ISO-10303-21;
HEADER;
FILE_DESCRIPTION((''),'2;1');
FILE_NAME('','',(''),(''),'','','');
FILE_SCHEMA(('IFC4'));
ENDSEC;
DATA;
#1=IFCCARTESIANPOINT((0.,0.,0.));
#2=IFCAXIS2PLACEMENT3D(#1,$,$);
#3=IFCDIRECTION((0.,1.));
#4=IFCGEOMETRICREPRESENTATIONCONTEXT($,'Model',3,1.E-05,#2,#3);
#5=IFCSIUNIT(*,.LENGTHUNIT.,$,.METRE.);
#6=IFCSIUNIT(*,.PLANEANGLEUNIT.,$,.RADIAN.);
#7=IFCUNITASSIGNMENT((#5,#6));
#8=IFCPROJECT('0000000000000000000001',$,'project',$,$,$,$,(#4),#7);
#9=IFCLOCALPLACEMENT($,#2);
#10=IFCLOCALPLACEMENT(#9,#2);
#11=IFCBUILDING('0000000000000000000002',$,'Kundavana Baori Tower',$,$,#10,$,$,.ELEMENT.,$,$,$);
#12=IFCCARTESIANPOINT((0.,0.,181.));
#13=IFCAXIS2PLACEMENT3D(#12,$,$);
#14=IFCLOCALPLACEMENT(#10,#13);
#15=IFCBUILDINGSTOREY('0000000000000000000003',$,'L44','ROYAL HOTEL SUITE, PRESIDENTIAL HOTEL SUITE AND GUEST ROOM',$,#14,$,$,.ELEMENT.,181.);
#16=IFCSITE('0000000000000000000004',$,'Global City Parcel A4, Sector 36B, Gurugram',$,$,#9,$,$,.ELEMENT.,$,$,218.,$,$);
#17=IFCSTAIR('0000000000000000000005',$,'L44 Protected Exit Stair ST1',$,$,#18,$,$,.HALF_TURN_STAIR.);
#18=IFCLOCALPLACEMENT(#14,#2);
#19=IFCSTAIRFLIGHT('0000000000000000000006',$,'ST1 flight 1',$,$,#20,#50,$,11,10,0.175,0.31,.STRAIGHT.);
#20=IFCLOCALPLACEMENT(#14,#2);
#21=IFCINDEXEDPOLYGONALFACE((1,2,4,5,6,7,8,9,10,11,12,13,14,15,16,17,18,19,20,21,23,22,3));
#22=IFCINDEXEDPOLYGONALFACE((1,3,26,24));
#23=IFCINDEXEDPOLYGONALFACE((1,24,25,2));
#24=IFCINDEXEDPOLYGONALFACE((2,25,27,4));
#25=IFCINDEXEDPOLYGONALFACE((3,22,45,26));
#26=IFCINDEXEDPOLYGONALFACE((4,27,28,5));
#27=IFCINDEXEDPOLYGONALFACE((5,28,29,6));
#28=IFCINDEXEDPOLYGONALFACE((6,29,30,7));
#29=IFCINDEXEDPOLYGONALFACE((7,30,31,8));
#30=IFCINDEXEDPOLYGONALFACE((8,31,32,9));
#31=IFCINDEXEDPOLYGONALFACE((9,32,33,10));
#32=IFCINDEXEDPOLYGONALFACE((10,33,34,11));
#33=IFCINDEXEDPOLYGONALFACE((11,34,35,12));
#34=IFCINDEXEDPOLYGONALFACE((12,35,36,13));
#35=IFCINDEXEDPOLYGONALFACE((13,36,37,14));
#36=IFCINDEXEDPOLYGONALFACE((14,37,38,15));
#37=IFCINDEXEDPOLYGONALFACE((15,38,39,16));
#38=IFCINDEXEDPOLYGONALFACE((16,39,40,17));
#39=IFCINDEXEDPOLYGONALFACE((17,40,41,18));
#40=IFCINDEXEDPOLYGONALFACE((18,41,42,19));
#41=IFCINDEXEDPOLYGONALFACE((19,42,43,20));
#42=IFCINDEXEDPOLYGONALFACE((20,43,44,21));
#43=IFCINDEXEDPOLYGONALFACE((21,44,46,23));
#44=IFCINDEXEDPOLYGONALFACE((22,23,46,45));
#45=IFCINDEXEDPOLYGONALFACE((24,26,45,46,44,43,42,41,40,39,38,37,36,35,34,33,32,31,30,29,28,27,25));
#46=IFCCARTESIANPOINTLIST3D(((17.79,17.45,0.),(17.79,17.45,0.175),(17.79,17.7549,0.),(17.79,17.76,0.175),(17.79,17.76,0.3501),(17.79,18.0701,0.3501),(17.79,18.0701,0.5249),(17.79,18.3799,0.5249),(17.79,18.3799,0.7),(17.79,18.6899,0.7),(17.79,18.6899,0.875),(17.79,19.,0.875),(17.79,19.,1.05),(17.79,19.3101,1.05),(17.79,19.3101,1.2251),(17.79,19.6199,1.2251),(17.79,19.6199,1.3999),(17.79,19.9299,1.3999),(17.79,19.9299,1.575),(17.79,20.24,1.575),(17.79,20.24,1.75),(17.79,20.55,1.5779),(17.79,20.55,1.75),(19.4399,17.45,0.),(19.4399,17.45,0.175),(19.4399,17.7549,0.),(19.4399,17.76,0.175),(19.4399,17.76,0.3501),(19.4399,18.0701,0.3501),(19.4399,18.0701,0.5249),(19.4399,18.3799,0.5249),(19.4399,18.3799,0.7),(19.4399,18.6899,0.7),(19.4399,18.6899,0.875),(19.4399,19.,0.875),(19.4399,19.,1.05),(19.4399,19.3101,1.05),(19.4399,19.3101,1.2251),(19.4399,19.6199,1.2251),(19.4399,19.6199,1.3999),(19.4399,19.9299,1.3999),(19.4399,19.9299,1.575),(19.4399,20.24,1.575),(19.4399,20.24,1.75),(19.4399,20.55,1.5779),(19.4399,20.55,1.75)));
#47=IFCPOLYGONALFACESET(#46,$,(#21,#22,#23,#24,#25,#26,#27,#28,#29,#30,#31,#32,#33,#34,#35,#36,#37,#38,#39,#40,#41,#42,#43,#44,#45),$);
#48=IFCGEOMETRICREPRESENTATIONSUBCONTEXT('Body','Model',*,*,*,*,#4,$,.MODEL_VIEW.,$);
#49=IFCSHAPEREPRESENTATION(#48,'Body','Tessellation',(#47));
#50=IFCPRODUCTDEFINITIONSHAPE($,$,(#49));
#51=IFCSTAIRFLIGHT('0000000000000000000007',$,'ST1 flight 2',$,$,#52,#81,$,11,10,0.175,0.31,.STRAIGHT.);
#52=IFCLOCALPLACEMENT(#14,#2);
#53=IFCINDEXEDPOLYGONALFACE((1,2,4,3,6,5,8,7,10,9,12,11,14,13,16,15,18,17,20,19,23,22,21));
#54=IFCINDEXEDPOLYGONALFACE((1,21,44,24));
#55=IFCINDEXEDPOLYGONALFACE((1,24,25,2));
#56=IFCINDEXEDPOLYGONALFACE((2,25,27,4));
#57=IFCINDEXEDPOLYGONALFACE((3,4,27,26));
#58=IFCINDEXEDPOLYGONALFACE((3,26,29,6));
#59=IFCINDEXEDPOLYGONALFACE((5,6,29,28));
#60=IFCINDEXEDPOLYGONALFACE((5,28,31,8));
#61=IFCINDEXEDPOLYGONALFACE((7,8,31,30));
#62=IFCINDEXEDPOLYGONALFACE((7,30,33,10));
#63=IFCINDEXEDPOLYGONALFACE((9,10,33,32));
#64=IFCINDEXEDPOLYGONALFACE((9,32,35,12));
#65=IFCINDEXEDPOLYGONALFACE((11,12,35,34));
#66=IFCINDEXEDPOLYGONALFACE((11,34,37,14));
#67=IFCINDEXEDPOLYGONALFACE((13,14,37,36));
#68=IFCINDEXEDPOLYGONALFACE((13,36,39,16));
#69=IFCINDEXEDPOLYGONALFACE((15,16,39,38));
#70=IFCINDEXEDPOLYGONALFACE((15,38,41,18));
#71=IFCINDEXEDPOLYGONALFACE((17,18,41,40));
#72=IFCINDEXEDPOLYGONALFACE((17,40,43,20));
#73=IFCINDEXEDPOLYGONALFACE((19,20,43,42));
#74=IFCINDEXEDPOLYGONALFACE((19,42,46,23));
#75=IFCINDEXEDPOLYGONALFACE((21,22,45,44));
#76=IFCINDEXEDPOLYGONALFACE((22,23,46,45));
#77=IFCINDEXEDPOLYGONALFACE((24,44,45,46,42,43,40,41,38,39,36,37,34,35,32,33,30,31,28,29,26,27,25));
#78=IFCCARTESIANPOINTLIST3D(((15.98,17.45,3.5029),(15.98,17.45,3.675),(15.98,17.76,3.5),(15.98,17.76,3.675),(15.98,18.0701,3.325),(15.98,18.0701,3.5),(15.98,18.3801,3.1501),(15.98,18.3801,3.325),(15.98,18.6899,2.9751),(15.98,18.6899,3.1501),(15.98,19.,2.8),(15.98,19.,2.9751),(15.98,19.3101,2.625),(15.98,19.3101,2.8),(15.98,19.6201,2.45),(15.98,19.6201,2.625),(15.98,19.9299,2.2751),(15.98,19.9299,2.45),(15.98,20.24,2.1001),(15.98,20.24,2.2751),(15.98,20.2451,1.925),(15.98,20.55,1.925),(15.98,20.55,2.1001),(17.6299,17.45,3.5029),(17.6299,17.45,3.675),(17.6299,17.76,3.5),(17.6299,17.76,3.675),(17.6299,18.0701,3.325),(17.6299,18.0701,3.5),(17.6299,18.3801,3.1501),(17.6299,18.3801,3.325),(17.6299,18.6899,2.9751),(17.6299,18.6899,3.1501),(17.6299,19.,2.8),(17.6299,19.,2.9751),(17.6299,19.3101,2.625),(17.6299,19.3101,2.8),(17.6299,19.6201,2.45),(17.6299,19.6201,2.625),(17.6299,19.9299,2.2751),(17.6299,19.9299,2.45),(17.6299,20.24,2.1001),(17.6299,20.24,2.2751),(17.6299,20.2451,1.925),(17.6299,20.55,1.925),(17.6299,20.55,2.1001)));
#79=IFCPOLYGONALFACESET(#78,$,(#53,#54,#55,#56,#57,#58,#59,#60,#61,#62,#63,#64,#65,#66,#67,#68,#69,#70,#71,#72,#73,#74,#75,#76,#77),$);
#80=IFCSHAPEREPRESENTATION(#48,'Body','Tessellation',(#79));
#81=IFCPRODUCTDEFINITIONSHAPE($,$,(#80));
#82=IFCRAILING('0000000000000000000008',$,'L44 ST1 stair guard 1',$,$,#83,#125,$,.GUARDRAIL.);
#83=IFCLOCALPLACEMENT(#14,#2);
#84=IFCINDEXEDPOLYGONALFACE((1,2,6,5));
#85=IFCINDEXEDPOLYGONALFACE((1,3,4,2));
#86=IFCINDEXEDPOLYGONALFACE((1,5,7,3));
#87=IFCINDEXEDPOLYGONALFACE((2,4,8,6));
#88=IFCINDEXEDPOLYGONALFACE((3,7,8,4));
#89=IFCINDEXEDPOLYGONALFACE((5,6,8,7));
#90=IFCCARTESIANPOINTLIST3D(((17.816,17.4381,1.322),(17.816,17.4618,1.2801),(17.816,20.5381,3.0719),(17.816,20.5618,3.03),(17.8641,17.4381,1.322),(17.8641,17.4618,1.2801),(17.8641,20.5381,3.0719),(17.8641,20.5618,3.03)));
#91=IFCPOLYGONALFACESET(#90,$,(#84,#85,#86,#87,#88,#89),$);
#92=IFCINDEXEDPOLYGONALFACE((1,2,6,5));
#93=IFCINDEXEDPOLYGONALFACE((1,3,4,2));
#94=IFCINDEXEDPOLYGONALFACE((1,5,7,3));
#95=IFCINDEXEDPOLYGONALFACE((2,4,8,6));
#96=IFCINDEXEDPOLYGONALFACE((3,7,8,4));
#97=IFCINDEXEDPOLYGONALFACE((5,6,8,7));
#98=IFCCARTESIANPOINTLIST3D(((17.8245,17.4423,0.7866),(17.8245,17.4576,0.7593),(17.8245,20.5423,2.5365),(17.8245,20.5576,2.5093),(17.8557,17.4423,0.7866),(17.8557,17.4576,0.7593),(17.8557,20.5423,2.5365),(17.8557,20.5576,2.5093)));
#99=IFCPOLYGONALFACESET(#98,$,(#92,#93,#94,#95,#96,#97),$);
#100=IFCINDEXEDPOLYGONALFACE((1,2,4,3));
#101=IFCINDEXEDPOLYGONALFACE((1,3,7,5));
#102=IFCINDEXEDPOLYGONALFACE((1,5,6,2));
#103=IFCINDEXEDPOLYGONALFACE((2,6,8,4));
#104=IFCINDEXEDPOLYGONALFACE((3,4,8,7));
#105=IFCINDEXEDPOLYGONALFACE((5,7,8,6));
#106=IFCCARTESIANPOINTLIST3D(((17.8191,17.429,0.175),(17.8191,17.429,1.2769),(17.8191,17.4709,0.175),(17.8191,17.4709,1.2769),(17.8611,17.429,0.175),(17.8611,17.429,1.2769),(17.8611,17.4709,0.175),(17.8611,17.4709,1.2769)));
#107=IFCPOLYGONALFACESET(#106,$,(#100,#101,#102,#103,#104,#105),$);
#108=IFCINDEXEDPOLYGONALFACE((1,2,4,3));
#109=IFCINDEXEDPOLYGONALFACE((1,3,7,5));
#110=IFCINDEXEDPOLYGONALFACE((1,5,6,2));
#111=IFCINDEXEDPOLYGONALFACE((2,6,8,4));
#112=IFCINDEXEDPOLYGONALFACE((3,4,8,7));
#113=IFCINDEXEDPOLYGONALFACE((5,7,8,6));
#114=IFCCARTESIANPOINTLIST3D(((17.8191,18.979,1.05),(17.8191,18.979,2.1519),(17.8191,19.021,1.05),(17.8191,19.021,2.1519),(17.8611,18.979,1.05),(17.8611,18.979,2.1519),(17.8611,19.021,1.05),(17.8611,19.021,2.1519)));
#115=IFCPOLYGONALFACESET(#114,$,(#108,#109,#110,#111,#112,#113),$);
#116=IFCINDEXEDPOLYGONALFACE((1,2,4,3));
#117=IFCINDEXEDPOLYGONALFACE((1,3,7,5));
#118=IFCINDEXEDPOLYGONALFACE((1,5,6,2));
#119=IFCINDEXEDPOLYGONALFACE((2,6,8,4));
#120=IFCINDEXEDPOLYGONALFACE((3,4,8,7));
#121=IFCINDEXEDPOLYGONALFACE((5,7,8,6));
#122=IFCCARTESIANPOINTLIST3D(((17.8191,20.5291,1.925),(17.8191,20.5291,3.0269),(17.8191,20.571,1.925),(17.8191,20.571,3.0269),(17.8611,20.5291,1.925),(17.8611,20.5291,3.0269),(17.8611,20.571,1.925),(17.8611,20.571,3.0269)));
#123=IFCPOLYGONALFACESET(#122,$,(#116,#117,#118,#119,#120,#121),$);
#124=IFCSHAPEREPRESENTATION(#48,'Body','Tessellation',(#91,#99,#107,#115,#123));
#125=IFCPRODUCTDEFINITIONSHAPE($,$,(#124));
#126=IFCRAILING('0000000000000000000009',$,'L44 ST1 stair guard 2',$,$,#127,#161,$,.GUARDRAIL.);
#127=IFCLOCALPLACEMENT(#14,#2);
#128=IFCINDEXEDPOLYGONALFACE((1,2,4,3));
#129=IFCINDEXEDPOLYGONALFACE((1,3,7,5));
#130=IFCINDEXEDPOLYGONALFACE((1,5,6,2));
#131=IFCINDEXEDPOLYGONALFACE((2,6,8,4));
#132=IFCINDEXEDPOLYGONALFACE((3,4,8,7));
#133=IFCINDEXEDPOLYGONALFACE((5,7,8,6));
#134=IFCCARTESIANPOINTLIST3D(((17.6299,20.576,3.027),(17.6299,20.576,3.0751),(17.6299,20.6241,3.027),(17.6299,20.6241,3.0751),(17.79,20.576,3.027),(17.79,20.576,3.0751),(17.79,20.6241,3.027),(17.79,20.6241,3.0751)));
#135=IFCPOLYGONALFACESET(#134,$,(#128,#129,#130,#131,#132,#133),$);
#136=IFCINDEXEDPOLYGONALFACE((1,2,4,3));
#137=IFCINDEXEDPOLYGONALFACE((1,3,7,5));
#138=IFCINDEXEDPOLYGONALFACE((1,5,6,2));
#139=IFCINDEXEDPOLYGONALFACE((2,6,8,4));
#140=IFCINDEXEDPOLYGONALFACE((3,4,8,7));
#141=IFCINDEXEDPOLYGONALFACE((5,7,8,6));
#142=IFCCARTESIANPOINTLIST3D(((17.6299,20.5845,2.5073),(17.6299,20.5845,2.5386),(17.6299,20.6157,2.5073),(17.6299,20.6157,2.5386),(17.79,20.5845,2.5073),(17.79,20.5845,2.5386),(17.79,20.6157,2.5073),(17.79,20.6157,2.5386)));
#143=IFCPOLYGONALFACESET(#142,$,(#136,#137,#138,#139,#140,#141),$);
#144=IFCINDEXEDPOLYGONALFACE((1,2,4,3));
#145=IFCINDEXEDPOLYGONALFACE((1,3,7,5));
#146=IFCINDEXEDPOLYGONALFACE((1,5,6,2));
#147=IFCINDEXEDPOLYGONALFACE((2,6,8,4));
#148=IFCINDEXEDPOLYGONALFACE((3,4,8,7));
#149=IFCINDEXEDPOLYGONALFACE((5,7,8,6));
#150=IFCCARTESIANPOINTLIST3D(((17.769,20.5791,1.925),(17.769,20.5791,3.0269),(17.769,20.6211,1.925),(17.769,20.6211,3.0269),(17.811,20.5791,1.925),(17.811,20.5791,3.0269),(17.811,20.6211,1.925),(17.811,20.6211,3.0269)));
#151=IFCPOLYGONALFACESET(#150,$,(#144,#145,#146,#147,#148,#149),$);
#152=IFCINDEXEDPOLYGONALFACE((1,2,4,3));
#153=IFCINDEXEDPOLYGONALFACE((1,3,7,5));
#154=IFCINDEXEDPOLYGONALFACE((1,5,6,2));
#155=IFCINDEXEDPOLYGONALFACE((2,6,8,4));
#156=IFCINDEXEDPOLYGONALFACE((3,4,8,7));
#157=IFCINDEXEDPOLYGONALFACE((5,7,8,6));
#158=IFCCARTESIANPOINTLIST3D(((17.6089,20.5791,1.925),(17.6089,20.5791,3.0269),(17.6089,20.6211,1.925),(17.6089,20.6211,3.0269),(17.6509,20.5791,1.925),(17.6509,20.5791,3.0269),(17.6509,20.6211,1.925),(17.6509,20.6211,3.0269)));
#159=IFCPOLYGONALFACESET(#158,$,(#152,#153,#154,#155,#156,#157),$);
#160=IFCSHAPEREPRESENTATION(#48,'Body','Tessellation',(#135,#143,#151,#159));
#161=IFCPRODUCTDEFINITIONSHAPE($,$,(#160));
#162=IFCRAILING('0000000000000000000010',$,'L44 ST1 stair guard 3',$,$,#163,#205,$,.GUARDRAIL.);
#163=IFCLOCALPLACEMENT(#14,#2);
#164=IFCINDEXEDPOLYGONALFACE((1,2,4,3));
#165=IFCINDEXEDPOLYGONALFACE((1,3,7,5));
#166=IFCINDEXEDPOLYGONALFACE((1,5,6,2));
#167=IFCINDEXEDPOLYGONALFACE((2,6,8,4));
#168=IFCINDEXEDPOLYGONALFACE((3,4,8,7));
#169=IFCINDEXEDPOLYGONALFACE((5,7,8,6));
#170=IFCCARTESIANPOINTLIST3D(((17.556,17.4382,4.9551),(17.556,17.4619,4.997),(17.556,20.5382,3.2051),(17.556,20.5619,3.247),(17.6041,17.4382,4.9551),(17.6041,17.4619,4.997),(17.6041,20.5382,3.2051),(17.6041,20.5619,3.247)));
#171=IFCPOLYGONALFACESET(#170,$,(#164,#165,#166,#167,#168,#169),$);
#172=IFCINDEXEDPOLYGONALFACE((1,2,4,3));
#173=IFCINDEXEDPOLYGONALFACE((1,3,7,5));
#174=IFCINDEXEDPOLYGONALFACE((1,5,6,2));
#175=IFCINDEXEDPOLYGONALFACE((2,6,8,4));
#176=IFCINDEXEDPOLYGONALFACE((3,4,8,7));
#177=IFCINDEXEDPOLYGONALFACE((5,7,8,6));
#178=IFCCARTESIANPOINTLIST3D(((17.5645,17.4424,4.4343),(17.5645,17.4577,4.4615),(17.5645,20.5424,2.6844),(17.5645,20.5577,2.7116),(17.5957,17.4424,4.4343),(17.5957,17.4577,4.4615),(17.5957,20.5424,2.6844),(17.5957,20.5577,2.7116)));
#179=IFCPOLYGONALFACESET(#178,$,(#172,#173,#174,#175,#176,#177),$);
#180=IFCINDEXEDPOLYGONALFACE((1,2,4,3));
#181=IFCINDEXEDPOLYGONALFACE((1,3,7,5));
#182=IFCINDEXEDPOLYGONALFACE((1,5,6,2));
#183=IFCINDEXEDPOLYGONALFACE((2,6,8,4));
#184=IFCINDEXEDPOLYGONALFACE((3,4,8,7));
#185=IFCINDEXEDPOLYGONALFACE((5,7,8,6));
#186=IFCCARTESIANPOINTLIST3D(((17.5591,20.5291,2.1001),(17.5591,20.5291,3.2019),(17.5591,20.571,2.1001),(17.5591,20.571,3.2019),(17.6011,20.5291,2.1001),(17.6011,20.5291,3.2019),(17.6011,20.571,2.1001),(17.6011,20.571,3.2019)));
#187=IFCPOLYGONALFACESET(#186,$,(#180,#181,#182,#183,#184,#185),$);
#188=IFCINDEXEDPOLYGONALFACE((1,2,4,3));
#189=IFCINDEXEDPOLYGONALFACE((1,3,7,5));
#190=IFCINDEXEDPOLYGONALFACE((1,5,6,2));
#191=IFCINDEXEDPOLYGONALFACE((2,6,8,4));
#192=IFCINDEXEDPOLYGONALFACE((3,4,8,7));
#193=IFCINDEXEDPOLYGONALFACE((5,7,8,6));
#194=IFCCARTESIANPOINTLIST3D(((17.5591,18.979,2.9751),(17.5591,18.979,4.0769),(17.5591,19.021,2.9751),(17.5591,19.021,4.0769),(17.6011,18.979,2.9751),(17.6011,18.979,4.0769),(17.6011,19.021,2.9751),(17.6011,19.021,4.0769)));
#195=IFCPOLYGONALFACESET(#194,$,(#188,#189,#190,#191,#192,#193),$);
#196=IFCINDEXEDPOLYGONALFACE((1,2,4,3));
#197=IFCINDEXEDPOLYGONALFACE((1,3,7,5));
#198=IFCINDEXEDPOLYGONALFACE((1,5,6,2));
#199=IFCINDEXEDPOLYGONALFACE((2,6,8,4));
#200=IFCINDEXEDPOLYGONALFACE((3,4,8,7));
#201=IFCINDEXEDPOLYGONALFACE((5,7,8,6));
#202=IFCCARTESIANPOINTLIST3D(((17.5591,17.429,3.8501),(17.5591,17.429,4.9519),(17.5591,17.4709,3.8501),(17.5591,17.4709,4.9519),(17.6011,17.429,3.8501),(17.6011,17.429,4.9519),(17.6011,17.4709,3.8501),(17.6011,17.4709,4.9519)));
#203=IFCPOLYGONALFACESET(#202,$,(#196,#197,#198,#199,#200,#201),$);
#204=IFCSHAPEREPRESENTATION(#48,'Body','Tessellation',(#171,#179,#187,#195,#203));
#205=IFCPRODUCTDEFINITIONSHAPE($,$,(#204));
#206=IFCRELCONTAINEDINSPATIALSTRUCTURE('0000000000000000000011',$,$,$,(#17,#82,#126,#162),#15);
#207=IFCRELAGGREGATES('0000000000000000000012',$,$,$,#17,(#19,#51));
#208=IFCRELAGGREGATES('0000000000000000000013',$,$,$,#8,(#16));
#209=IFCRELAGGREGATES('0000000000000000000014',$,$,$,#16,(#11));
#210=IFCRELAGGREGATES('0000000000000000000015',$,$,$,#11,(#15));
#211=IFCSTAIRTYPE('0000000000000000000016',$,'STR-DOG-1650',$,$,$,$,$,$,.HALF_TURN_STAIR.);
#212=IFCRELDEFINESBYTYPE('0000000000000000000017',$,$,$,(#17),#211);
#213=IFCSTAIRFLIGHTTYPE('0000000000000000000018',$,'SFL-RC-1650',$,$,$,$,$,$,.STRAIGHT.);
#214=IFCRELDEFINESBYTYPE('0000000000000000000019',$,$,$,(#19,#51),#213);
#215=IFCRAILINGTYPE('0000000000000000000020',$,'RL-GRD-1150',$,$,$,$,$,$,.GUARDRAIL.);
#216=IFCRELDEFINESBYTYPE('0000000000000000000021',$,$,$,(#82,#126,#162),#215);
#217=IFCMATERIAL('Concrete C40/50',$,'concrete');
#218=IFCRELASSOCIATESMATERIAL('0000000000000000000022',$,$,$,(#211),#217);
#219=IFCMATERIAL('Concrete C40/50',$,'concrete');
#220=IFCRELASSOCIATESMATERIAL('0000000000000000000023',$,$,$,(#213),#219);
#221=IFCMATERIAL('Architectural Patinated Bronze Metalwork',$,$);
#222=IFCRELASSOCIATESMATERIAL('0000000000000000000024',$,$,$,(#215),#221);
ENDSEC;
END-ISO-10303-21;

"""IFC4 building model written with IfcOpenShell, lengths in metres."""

from ifc_helpers import new_model, si_unit, direction, frame, origin, origin_2d, place, context, subcontext, project, spatial, polyline, rectangle, outline, extrude, material, type_object, element, aggregate, save


model = new_model("IFC4")

# Units and contexts
model_context = context("Model", 3, precision=1e-05, world=origin(), true_north=direction((0.0, 1.0)))
body_context = subcontext(model_context, "Body", "Model", "MODEL_VIEW")
ifc_project = project(units=[si_unit("LENGTHUNIT", "METRE"), si_unit("PLANEANGLEUNIT", "RADIAN")], contexts=[model_context])

# Site, building, storey
site_placement = place(None, origin())
site = spatial("IfcSite", under=ifc_project, at=site_placement, Name="Global City Parcel A4, Sector 36B, Gurugram", CompositionType="ELEMENT", RefElevation=218.0)
building_placement = place(site_placement, origin())
building = spatial("IfcBuilding", under=site, at=building_placement, Name="Kundavana Baori Tower", CompositionType="ELEMENT")
storey_placement = place(building_placement, frame((0.0, 0.0, 181.0)))
storey = spatial("IfcBuildingStorey", under=building, at=storey_placement, Name="L44", Description="ROYAL HOTEL SUITE, PRESIDENTIAL HOTEL SUITE AND GUEST ROOM", CompositionType="ELEMENT", Elevation=181.0)

# Stair, stair flights
ifc_material_1 = material(Name="Concrete C40/50", Category="concrete")
stair_type = type_object("IfcStairType", Name="STR-DOG-1650", PredefinedType="HALF_TURN_STAIR", material=ifc_material_1)
stair_placement = place(storey_placement, origin())
stair = element("IfcStair", 1, at=stair_placement, inside=storey, type_object=stair_type, Name="L44 Protected Exit Stair ST1", PredefinedType="HALF_TURN_STAIR")
ifc_material_2 = material(Name="Concrete C40/50", Category="concrete")
stair_flight_type = type_object("IfcStairFlightType", Name="SFL-RC-1650", PredefinedType="STRAIGHT", material=ifc_material_2)
stair_flight_1_placement = place(storey_placement, frame((18.615, 17.45, 0.0), z_axis=(0.0, 0.0, 1.0), x_axis=(0.0, 1.0, 0.0)))
stair_flight_1 = element("IfcStairFlight", 2, at=stair_flight_1_placement, type_object=stair_flight_type, Name="ST1 flight 1", NumberOfRisers=11, NumberOfTreads=10, PredefinedType="STRAIGHT", RiserHeight=0.175, TreadLength=0.31, context=body_context, shape_type="SweptSolid", body=[
    extrude(outline(polyline([(0.0, 0.0), (0.0, 0.175), (0.3101, 0.175), (0.3101, 0.3501), (0.6201, 0.3501), (0.6201, 0.5249), (0.9299, 0.5249), (0.9299, 0.7), (1.24, 0.7), (1.24, 0.875), (1.55, 0.875), (1.55, 1.05), (1.8601, 1.05), (1.8601, 1.2251), (2.1699, 1.2251), (2.1699, 1.3999), (2.48, 1.3999), (2.48, 1.575), (2.79, 1.575), (2.79, 1.75), (3.1001, 1.75), (3.1001, 1.925), (3.1001, 1.5779), (0.3049, 0.0), (0.0, 0.0)])), frame((0.0, 0.825, 0.0), z_axis=(0.0, -1.0, 0.0), x_axis=(1.0, 0.0, 0.0)), (0.0, 0.0, 1.0), 1.6499),
])
stair_flight_2_placement = place(storey_placement, frame((16.8049, 20.55, 1.925), z_axis=(0.0, 0.0, 1.0), x_axis=(0.0, -1.0, 0.0)))
stair_flight_2 = element("IfcStairFlight", 3, at=stair_flight_2_placement, type_object=stair_flight_type, Name="ST1 flight 2", NumberOfRisers=11, NumberOfTreads=10, PredefinedType="STRAIGHT", RiserHeight=0.175, TreadLength=0.31, context=body_context, shape_type="SweptSolid", body=[
    extrude(outline(polyline([(0.0, 0.0), (0.0, 0.175), (0.3101, 0.175), (0.3101, 0.3501), (0.6201, 0.3501), (0.6201, 0.5249), (0.9299, 0.5249), (0.9299, 0.7), (1.24, 0.7), (1.24, 0.875), (1.55, 0.875), (1.55, 1.05), (1.8601, 1.05), (1.8601, 1.2251), (2.1699, 1.2251), (2.1699, 1.3999), (2.48, 1.3999), (2.48, 1.575), (2.79, 1.575), (2.79, 1.75), (3.1001, 1.75), (3.1001, 1.925), (3.1001, 1.5779), (0.3049, 0.0), (0.0, 0.0)])), frame((0.0, 0.825, 0.0), z_axis=(0.0, -1.0, 0.0), x_axis=(1.0, 0.0, 0.0)), (0.0, 0.0, 1.0), 1.6499),
])
aggregate(stair, [stair_flight_1, stair_flight_2])

# Railings
ifc_material_3 = material(Name="Architectural Patinated Bronze Metalwork")
railing_type_1 = type_object("IfcRailingType", Name="RL-GRD-1150", PredefinedType="GUARDRAIL", material=ifc_material_3)
railing_1_placement = place(storey_placement, frame((17.8401, 17.45, 0.175)))
element("IfcRailing", 4, at=railing_1_placement, inside=storey, type_object=railing_type_1, Name="L44 ST1 stair guard 1", PredefinedType="GUARDRAIL", context=body_context, shape_type="SweptSolid", body=[
    extrude(rectangle(XDim=0.0481, YDim=0.0481, at=origin_2d()), frame((0.0, 0.0, 1.126), z_axis=(0.0, 0.870831, 0.491583), x_axis=(-1.0, 0.0, 0.0)), (0.0, 0.0, 1.0), 3.5598),
    extrude(rectangle(XDim=0.0312, YDim=0.0312, at=origin_2d()), frame((0.0, 0.0, 0.5979), z_axis=(0.0, 0.870831, 0.491583), x_axis=(-1.0, 0.0, 0.0)), (0.0, 0.0, 1.0), 3.5598),
    extrude(rectangle(XDim=0.042, YDim=0.042, at=origin_2d()), origin(), (0.0, 0.0, 1.0), 1.1018),
    extrude(rectangle(XDim=0.042, YDim=0.042, at=origin_2d()), frame((0.0, 1.55, 0.875)), (0.0, 0.0, 1.0), 1.1018),
    extrude(rectangle(XDim=0.042, YDim=0.042, at=origin_2d()), frame((0.0, 3.1001, 1.75)), (0.0, 0.0, 1.0), 1.1018),
])
railing_2_placement = place(storey_placement, frame((17.79, 20.6001, 1.925)))
element("IfcRailing", 5, at=railing_2_placement, inside=storey, type_object=railing_type_1, Name="L44 ST1 stair guard 2", PredefinedType="GUARDRAIL", context=body_context, shape_type="SweptSolid", body=[
    extrude(rectangle(XDim=0.0481, YDim=0.0481, at=origin_2d()), frame((0.0, 0.0, 1.126), z_axis=(-1.0, 0.0, 0.0), x_axis=(0.0, -1.0, 0.0)), (0.0, 0.0, 1.0), 0.1602),
    extrude(rectangle(XDim=0.0312, YDim=0.0312, at=origin_2d()), frame((0.0, 0.0, 0.5979), z_axis=(-1.0, 0.0, 0.0), x_axis=(0.0, -1.0, 0.0)), (0.0, 0.0, 1.0), 0.1602),
    extrude(rectangle(XDim=0.042, YDim=0.042, at=origin_2d()), origin(), (0.0, 0.0, 1.0), 1.1018),
    extrude(rectangle(XDim=0.042, YDim=0.042, at=origin_2d()), frame((-0.1602, 0.0, 0.0)), (0.0, 0.0, 1.0), 1.1018),
])
railing_3_placement = place(storey_placement, frame((17.5801, 20.55, 2.1001)))
element("IfcRailing", 6, at=railing_3_placement, inside=storey, type_object=railing_type_1, Name="L44 ST1 stair guard 3", PredefinedType="GUARDRAIL", context=body_context, shape_type="SweptSolid", body=[
    extrude(rectangle(XDim=0.0481, YDim=0.0481, at=origin_2d()), frame((0.0, 0.0, 1.126), z_axis=(0.0, -0.870831, 0.491583), x_axis=(1.0, 0.0, 0.0)), (0.0, 0.0, 1.0), 3.5598),
    extrude(rectangle(XDim=0.0312, YDim=0.0312, at=origin_2d()), frame((0.0, 0.0, 0.5979), z_axis=(0.0, -0.870831, 0.491583), x_axis=(1.0, 0.0, 0.0)), (0.0, 0.0, 1.0), 3.5598),
    extrude(rectangle(XDim=0.042, YDim=0.042, at=origin_2d()), origin(), (0.0, 0.0, 1.0), 1.1018),
    extrude(rectangle(XDim=0.042, YDim=0.042, at=origin_2d()), frame((0.0, -1.55, 0.875)), (0.0, 0.0, 1.0), 1.1018),
    extrude(rectangle(XDim=0.042, YDim=0.042, at=origin_2d()), frame((0.0, -3.1001, 1.75)), (0.0, 0.0, 1.0), 1.1018),
])

save(model, "model.ifc")
